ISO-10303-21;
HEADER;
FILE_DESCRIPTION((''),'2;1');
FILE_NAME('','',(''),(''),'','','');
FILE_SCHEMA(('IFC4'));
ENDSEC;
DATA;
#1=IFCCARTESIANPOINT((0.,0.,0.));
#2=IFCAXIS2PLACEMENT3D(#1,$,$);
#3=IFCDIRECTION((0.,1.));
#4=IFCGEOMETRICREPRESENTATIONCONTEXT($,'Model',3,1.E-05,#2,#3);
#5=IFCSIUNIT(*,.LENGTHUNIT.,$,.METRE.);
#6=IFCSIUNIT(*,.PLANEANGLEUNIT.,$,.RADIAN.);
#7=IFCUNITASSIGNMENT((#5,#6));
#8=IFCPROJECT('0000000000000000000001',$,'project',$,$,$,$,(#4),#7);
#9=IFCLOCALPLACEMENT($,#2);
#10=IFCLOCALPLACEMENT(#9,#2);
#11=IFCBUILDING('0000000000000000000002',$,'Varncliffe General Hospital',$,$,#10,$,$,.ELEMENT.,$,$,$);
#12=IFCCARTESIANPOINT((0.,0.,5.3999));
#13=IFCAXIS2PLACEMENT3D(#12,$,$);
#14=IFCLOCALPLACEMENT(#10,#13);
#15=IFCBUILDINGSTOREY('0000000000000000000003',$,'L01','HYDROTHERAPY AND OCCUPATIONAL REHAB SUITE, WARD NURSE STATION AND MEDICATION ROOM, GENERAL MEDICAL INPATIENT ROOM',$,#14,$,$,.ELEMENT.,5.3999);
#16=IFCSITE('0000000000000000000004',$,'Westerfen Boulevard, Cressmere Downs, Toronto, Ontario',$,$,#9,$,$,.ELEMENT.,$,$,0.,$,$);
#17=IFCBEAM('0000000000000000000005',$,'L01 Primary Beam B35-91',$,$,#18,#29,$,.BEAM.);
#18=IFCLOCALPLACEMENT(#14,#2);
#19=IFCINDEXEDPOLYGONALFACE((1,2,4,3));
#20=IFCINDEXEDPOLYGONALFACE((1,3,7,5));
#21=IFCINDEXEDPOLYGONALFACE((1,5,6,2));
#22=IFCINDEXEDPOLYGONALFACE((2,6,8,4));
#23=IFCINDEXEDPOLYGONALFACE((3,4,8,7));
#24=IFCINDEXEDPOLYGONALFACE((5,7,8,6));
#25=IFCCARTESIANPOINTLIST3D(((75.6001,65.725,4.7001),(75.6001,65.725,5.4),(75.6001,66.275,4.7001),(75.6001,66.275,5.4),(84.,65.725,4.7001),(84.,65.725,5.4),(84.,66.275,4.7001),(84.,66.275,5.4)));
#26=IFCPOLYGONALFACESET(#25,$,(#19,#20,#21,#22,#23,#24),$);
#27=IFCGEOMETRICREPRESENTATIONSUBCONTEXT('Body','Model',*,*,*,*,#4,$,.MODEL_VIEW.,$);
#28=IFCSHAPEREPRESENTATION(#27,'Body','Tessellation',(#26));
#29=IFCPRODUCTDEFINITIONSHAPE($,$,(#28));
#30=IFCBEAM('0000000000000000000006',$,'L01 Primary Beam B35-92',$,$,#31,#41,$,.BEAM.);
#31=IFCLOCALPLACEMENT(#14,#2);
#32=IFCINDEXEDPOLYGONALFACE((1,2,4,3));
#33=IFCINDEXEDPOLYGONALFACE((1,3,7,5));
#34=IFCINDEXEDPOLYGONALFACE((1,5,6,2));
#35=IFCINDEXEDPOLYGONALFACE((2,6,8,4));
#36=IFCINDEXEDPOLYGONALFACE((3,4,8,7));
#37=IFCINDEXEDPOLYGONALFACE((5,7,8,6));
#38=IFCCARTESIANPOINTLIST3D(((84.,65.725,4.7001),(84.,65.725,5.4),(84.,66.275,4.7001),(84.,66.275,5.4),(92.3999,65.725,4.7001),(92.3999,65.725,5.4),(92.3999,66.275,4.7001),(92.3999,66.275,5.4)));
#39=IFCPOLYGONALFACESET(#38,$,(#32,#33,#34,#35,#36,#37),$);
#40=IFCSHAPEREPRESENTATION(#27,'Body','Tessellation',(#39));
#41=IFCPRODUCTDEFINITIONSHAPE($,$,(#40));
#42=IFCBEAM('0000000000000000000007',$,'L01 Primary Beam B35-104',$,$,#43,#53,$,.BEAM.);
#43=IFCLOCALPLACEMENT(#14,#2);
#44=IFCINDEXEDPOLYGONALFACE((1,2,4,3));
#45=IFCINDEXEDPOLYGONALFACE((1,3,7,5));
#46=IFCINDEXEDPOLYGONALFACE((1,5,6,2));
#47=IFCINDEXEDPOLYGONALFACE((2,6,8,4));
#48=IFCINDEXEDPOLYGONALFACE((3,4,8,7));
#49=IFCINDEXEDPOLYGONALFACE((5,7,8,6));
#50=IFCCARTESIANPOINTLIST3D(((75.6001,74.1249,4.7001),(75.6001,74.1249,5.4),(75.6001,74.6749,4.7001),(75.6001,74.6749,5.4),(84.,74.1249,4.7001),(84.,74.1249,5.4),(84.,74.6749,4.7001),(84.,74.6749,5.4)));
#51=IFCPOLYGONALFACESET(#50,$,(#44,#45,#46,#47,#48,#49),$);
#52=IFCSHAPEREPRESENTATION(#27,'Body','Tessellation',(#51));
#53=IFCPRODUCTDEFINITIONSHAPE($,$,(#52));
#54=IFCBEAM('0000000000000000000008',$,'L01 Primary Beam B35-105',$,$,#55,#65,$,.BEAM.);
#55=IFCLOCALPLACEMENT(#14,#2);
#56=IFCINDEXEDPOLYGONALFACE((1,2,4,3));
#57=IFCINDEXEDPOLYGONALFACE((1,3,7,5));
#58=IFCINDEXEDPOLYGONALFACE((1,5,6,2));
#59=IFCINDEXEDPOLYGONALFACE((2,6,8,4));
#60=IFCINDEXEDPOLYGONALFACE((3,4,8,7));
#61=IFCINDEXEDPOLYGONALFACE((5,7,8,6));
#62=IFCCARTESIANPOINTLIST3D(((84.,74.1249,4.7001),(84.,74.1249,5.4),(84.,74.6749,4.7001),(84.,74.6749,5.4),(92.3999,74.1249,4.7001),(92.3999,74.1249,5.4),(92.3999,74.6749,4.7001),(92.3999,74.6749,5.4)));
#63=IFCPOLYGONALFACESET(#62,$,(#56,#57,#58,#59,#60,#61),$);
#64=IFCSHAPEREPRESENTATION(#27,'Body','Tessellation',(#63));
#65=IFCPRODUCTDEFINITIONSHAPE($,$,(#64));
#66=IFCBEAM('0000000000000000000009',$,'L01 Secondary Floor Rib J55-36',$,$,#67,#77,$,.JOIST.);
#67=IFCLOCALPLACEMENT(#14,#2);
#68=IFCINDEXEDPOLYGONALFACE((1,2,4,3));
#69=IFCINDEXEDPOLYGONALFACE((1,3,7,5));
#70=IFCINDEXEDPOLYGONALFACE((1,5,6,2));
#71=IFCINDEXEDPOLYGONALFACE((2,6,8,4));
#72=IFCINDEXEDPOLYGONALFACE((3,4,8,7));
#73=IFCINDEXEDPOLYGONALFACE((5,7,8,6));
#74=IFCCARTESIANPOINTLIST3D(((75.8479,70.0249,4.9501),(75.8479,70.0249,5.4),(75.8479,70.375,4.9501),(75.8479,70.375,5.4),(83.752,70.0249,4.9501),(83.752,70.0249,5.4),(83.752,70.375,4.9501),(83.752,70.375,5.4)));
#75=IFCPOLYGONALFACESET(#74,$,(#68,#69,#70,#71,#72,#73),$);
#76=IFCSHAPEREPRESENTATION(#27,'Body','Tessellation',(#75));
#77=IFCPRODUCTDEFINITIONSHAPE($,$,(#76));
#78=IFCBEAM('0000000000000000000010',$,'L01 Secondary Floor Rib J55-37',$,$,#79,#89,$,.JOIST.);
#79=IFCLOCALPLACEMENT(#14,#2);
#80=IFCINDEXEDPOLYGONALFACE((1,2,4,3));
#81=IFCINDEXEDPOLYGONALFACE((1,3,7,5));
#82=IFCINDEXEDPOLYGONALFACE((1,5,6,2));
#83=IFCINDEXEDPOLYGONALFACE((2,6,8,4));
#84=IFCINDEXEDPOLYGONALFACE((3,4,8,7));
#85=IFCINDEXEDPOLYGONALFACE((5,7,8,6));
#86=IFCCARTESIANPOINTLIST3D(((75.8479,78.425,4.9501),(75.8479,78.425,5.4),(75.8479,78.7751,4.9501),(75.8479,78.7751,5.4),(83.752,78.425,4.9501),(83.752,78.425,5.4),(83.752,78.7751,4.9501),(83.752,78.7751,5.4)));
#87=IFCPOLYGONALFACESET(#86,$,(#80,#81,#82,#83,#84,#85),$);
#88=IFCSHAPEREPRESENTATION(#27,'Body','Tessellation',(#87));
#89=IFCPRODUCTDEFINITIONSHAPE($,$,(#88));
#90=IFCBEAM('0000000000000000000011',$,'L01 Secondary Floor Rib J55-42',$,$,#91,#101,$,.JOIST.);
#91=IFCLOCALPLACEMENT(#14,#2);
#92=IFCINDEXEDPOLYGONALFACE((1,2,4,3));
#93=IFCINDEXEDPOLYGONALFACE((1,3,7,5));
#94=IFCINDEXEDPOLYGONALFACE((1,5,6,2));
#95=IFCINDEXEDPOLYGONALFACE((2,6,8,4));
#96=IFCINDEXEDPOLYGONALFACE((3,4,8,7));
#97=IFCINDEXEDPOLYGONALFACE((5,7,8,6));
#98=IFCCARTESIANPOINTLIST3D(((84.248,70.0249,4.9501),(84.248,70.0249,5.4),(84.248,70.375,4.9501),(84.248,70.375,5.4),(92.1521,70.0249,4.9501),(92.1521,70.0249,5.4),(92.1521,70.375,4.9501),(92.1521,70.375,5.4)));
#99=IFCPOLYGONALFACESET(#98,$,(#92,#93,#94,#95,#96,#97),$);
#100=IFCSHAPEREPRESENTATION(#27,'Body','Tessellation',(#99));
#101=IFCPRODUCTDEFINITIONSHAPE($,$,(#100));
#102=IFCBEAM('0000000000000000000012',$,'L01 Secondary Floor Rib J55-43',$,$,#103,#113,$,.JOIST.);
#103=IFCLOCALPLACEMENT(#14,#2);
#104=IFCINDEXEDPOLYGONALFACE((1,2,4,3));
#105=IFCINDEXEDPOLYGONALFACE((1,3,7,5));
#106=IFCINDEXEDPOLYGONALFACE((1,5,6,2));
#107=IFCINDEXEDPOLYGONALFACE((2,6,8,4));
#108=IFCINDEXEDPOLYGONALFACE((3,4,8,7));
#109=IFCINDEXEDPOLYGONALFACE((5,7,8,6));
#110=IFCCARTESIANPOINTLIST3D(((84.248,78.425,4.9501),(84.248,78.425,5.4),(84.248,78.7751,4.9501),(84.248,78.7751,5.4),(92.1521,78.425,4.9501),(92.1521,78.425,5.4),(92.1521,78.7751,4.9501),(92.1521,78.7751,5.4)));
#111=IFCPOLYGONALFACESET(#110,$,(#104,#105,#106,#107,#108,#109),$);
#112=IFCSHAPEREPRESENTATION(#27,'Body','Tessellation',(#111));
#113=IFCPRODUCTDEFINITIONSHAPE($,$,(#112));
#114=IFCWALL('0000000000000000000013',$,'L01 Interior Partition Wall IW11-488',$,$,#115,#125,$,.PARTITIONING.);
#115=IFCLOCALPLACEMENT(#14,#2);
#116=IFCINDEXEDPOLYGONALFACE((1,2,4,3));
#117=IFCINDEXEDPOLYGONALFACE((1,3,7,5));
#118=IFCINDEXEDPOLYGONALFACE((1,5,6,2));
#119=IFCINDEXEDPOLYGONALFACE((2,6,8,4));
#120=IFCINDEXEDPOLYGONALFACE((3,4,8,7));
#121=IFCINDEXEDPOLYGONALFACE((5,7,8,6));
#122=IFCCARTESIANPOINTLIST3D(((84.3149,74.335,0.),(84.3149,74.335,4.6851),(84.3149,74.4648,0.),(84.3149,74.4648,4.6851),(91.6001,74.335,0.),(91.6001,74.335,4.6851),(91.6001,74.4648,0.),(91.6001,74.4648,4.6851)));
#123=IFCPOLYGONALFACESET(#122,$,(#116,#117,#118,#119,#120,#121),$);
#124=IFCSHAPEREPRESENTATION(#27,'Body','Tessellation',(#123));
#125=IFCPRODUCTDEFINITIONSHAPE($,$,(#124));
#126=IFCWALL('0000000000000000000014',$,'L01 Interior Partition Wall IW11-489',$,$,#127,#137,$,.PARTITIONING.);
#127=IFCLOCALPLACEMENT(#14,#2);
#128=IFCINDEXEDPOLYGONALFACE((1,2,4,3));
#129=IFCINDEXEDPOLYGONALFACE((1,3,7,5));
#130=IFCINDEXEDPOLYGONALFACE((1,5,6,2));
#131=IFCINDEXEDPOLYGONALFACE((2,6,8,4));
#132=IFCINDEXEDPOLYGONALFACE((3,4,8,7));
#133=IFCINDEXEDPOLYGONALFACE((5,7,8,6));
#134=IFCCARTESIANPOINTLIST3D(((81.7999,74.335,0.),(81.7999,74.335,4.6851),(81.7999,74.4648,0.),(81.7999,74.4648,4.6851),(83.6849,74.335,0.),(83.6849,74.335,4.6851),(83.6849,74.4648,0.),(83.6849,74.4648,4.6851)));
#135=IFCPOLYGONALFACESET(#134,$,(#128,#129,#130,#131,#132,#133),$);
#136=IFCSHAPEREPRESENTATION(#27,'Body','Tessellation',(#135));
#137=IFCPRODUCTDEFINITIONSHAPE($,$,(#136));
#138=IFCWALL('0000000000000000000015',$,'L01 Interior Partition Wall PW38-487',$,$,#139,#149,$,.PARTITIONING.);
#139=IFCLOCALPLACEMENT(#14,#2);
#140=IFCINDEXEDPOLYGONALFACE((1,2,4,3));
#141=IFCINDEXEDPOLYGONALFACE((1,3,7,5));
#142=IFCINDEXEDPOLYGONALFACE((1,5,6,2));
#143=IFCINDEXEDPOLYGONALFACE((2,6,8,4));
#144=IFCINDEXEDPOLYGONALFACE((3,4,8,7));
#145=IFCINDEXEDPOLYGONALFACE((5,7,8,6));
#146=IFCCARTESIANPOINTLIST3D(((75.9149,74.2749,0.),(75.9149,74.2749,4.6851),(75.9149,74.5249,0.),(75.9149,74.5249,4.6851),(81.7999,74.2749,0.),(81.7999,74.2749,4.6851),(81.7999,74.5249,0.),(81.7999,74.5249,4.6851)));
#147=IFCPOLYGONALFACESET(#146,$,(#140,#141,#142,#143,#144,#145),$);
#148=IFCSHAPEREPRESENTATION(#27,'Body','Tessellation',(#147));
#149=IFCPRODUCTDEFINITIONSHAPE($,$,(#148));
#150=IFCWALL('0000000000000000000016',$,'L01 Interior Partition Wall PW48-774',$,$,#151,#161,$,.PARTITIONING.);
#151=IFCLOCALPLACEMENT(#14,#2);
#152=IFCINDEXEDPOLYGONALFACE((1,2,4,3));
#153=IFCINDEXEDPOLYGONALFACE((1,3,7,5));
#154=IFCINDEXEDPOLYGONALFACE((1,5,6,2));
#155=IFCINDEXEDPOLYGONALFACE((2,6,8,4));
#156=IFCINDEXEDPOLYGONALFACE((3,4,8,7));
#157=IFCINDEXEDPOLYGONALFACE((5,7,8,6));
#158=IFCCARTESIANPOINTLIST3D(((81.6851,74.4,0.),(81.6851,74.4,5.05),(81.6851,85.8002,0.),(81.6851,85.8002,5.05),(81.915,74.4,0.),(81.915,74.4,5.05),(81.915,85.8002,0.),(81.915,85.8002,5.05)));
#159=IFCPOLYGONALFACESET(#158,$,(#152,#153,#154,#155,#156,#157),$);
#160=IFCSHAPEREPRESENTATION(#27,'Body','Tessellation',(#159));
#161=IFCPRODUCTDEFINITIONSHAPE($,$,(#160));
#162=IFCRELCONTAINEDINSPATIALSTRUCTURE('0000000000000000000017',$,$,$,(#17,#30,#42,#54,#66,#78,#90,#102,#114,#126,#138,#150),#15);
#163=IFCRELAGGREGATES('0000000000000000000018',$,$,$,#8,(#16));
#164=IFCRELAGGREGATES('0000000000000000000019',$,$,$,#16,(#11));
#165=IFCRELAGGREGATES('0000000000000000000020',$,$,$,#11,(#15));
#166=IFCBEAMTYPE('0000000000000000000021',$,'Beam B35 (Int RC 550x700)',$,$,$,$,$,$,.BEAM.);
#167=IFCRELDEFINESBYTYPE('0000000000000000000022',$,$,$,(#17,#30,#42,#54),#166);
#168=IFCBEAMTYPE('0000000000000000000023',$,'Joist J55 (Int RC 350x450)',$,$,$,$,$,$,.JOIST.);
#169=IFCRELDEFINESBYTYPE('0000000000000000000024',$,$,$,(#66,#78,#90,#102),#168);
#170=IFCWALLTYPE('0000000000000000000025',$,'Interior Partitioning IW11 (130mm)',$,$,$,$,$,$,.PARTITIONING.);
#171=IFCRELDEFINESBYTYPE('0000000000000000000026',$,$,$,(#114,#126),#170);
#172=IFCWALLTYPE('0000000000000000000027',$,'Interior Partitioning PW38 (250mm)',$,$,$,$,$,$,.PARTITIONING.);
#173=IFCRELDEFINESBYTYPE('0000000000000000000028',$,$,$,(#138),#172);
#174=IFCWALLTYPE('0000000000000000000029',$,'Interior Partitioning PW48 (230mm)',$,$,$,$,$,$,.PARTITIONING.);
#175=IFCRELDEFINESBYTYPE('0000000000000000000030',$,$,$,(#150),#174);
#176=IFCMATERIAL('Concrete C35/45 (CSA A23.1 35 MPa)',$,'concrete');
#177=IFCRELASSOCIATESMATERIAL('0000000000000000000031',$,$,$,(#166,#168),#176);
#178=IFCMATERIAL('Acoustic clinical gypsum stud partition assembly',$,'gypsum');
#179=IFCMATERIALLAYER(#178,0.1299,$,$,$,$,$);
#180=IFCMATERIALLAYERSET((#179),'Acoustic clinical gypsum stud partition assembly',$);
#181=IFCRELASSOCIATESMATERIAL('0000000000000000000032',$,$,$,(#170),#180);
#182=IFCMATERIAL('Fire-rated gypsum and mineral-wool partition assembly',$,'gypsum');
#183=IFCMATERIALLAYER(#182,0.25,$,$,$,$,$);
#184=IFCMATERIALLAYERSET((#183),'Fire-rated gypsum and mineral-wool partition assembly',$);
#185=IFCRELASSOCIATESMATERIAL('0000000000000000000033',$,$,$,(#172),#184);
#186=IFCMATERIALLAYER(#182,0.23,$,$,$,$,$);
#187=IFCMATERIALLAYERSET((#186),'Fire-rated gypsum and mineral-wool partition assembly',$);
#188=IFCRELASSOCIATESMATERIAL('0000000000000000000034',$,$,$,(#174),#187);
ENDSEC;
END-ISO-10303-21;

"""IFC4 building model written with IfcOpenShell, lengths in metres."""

from ifc_helpers import new_model, si_unit, direction, frame, frame_2d, origin, origin_2d, place, context, subcontext, project, spatial, rectangle, extrude, material, layer, layer_set, material_profile, profile_set, type_object, element, save


model = new_model("IFC4")

# Units and contexts
model_context = context("Model", 3, precision=1e-05, world=origin(), true_north=direction((0.0, 1.0)))
body_context = subcontext(model_context, "Body", "Model", "MODEL_VIEW")
ifc_project = project(units=[si_unit("LENGTHUNIT", "METRE"), si_unit("PLANEANGLEUNIT", "RADIAN")], contexts=[model_context])

# Site, building, storey
site_placement = place(None, origin())
site = spatial("IfcSite", under=ifc_project, at=site_placement, Name="Westerfen Boulevard, Cressmere Downs, Toronto, Ontario", CompositionType="ELEMENT", RefElevation=0.0)
building_placement = place(site_placement, origin())
building = spatial("IfcBuilding", under=site, at=building_placement, Name="Varncliffe General Hospital", CompositionType="ELEMENT")
storey_placement = place(building_placement, frame((0.0, 0.0, 5.3999)))
storey = spatial("IfcBuildingStorey", under=building, at=storey_placement, Name="L01", Description="HYDROTHERAPY AND OCCUPATIONAL REHAB SUITE, WARD NURSE STATION AND MEDICATION ROOM, GENERAL MEDICAL INPATIENT ROOM", CompositionType="ELEMENT", Elevation=5.3999)

# Beams
ifc_material_1 = material(Name="Concrete C35/45 (CSA A23.1 35 MPa)", Category="concrete")
ifc_material_profile_1 = material_profile(ifc_material_1, rectangle(XDim=0.55, YDim=0.7, at=origin_2d()), Name="RC 550x700")
ifc_profile_set_1 = profile_set([ifc_material_profile_1], Name="Concrete C35/45 (CSA A23.1 35 MPa)")
beam_type_1 = type_object("IfcBeamType", Name="Beam B35 (Int RC 550x700)", PredefinedType="BEAM", material=ifc_profile_set_1)
for number, where, z_axis, x_axis, name in (
    (1, (75.6001, 66.0, 5.05), (1.0, 0.0, 0.0), (0.0, 1.0, 0.0), "L01 Primary Beam B35-91"),
    (2, (84.0, 66.0, 5.05), (1.0, 0.0, 0.0), (0.0, 1.0, 0.0), "L01 Primary Beam B35-92"),
    (3, (75.6001, 74.3999, 5.05), (1.0, 0.0, 0.0), (0.0, 1.0, 0.0), "L01 Primary Beam B35-104"),
    (4, (84.0, 74.3999, 5.05), (1.0, 0.0, 0.0), (0.0, 1.0, 0.0), "L01 Primary Beam B35-105"),
):
    element("IfcBeam", number, at=place(storey_placement, frame(where, z_axis=z_axis, x_axis=x_axis)), inside=storey, type_object=beam_type_1, Name=name, PredefinedType="BEAM", context=body_context, shape_type="SweptSolid", body=[
        extrude(rectangle(XDim=0.55, YDim=0.7, at=origin_2d()), origin(), (0.0, 0.0, 1.0), 8.3999),
    ])
ifc_material_profile_2 = material_profile(ifc_material_1, rectangle(XDim=0.3501, YDim=0.45, at=origin_2d()), Name="RC 350x450")
ifc_profile_set_2 = profile_set([ifc_material_profile_2], Name="Concrete C35/45 (CSA A23.1 35 MPa)")
beam_type_2 = type_object("IfcBeamType", Name="Joist J55 (Int RC 350x450)", PredefinedType="JOIST", material=ifc_profile_set_2)
for number, where, z_axis, x_axis, name in (
    (5, (75.8479, 70.2, 5.175), (1.0, 0.0, 0.0), (0.0, 1.0, 0.0), "L01 Secondary Floor Rib J55-36"),
    (6, (75.8479, 78.6001, 5.175), (1.0, 0.0, 0.0), (0.0, 1.0, 0.0), "L01 Secondary Floor Rib J55-37"),
    (7, (84.248, 70.2, 5.175), (1.0, 0.0, 0.0), (0.0, 1.0, 0.0), "L01 Secondary Floor Rib J55-42"),
    (8, (84.248, 78.6001, 5.175), (1.0, 0.0, 0.0), (0.0, 1.0, 0.0), "L01 Secondary Floor Rib J55-43"),
):
    element("IfcBeam", number, at=place(storey_placement, frame(where, z_axis=z_axis, x_axis=x_axis)), inside=storey, type_object=beam_type_2, Name=name, PredefinedType="JOIST", context=body_context, shape_type="SweptSolid", body=[
        extrude(rectangle(XDim=0.3501, YDim=0.45, at=origin_2d()), origin(), (0.0, 0.0, 1.0), 7.9041),
    ])

# Walls
ifc_material_2 = material(Name="Acoustic clinical gypsum stud partition assembly", Category="gypsum")
ifc_layer_1 = layer(ifc_material_2, 0.1299)
ifc_layer_set_1 = layer_set([ifc_layer_1], Name="Acoustic clinical gypsum stud partition assembly")
wall_type_1 = type_object("IfcWallType", Name="Interior Partitioning IW11 (130mm)", PredefinedType="PARTITIONING", material=ifc_layer_set_1)
wall_1_placement = place(storey_placement, frame((84.3149, 74.3999, 0.0), z_axis=(0.0, 0.0, 1.0), x_axis=(1.0, 0.0, 0.0)))
element("IfcWall", 9, at=wall_1_placement, inside=storey, type_object=wall_type_1, Name="L01 Interior Partition Wall IW11-488", PredefinedType="PARTITIONING", context=body_context, shape_type="SweptSolid", body=[
    extrude(rectangle(XDim=7.2852, YDim=0.1299, at=frame_2d((3.6426, 0.0))), origin(), (0.0, 0.0, 1.0), 4.6851),
])
wall_2_placement = place(storey_placement, frame((81.8, 74.3999, 0.0), z_axis=(0.0, 0.0, 1.0), x_axis=(1.0, 0.0, 0.0)))
element("IfcWall", 10, at=wall_2_placement, inside=storey, type_object=wall_type_1, Name="L01 Interior Partition Wall IW11-489", PredefinedType="PARTITIONING", context=body_context, shape_type="SweptSolid", body=[
    extrude(rectangle(XDim=1.885, YDim=0.1299, at=frame_2d((0.9424, 0.0))), origin(), (0.0, 0.0, 1.0), 4.6851),
])
ifc_material_3 = material(Name="Fire-rated gypsum and mineral-wool partition assembly", Category="gypsum")
ifc_layer_2 = layer(ifc_material_3, 0.25)
ifc_layer_set_2 = layer_set([ifc_layer_2], Name="Fire-rated gypsum and mineral-wool partition assembly")
wall_type_2 = type_object("IfcWallType", Name="Interior Partitioning PW38 (250mm)", PredefinedType="PARTITIONING", material=ifc_layer_set_2)
wall_3_placement = place(storey_placement, frame((75.915, 74.3999, 0.0), z_axis=(0.0, 0.0, 1.0), x_axis=(1.0, 0.0, 0.0)))
element("IfcWall", 11, at=wall_3_placement, inside=storey, type_object=wall_type_2, Name="L01 Interior Partition Wall PW38-487", PredefinedType="PARTITIONING", context=body_context, shape_type="SweptSolid", body=[
    extrude(rectangle(XDim=5.885, YDim=0.25, at=frame_2d((2.9424, 0.0))), origin(), (0.0, 0.0, 1.0), 4.6851),
])
ifc_layer_3 = layer(ifc_material_3, 0.23)
ifc_layer_set_3 = layer_set([ifc_layer_3], Name="Fire-rated gypsum and mineral-wool partition assembly")
wall_type_3 = type_object("IfcWallType", Name="Interior Partitioning PW48 (230mm)", PredefinedType="PARTITIONING", material=ifc_layer_set_3)
wall_4_placement = place(storey_placement, frame((81.8, 74.3999, 0.0), z_axis=(0.0, 0.0, 1.0), x_axis=(0.0, 1.0, 0.0)))
element("IfcWall", 12, at=wall_4_placement, inside=storey, type_object=wall_type_3, Name="L01 Interior Partition Wall PW48-774", PredefinedType="PARTITIONING", context=body_context, shape_type="SweptSolid", body=[
    extrude(rectangle(XDim=11.4001, YDim=0.23, at=frame_2d((5.7002, 0.0))), origin(), (0.0, 0.0, 1.0), 5.05),
])

save(model, "model.ifc")
